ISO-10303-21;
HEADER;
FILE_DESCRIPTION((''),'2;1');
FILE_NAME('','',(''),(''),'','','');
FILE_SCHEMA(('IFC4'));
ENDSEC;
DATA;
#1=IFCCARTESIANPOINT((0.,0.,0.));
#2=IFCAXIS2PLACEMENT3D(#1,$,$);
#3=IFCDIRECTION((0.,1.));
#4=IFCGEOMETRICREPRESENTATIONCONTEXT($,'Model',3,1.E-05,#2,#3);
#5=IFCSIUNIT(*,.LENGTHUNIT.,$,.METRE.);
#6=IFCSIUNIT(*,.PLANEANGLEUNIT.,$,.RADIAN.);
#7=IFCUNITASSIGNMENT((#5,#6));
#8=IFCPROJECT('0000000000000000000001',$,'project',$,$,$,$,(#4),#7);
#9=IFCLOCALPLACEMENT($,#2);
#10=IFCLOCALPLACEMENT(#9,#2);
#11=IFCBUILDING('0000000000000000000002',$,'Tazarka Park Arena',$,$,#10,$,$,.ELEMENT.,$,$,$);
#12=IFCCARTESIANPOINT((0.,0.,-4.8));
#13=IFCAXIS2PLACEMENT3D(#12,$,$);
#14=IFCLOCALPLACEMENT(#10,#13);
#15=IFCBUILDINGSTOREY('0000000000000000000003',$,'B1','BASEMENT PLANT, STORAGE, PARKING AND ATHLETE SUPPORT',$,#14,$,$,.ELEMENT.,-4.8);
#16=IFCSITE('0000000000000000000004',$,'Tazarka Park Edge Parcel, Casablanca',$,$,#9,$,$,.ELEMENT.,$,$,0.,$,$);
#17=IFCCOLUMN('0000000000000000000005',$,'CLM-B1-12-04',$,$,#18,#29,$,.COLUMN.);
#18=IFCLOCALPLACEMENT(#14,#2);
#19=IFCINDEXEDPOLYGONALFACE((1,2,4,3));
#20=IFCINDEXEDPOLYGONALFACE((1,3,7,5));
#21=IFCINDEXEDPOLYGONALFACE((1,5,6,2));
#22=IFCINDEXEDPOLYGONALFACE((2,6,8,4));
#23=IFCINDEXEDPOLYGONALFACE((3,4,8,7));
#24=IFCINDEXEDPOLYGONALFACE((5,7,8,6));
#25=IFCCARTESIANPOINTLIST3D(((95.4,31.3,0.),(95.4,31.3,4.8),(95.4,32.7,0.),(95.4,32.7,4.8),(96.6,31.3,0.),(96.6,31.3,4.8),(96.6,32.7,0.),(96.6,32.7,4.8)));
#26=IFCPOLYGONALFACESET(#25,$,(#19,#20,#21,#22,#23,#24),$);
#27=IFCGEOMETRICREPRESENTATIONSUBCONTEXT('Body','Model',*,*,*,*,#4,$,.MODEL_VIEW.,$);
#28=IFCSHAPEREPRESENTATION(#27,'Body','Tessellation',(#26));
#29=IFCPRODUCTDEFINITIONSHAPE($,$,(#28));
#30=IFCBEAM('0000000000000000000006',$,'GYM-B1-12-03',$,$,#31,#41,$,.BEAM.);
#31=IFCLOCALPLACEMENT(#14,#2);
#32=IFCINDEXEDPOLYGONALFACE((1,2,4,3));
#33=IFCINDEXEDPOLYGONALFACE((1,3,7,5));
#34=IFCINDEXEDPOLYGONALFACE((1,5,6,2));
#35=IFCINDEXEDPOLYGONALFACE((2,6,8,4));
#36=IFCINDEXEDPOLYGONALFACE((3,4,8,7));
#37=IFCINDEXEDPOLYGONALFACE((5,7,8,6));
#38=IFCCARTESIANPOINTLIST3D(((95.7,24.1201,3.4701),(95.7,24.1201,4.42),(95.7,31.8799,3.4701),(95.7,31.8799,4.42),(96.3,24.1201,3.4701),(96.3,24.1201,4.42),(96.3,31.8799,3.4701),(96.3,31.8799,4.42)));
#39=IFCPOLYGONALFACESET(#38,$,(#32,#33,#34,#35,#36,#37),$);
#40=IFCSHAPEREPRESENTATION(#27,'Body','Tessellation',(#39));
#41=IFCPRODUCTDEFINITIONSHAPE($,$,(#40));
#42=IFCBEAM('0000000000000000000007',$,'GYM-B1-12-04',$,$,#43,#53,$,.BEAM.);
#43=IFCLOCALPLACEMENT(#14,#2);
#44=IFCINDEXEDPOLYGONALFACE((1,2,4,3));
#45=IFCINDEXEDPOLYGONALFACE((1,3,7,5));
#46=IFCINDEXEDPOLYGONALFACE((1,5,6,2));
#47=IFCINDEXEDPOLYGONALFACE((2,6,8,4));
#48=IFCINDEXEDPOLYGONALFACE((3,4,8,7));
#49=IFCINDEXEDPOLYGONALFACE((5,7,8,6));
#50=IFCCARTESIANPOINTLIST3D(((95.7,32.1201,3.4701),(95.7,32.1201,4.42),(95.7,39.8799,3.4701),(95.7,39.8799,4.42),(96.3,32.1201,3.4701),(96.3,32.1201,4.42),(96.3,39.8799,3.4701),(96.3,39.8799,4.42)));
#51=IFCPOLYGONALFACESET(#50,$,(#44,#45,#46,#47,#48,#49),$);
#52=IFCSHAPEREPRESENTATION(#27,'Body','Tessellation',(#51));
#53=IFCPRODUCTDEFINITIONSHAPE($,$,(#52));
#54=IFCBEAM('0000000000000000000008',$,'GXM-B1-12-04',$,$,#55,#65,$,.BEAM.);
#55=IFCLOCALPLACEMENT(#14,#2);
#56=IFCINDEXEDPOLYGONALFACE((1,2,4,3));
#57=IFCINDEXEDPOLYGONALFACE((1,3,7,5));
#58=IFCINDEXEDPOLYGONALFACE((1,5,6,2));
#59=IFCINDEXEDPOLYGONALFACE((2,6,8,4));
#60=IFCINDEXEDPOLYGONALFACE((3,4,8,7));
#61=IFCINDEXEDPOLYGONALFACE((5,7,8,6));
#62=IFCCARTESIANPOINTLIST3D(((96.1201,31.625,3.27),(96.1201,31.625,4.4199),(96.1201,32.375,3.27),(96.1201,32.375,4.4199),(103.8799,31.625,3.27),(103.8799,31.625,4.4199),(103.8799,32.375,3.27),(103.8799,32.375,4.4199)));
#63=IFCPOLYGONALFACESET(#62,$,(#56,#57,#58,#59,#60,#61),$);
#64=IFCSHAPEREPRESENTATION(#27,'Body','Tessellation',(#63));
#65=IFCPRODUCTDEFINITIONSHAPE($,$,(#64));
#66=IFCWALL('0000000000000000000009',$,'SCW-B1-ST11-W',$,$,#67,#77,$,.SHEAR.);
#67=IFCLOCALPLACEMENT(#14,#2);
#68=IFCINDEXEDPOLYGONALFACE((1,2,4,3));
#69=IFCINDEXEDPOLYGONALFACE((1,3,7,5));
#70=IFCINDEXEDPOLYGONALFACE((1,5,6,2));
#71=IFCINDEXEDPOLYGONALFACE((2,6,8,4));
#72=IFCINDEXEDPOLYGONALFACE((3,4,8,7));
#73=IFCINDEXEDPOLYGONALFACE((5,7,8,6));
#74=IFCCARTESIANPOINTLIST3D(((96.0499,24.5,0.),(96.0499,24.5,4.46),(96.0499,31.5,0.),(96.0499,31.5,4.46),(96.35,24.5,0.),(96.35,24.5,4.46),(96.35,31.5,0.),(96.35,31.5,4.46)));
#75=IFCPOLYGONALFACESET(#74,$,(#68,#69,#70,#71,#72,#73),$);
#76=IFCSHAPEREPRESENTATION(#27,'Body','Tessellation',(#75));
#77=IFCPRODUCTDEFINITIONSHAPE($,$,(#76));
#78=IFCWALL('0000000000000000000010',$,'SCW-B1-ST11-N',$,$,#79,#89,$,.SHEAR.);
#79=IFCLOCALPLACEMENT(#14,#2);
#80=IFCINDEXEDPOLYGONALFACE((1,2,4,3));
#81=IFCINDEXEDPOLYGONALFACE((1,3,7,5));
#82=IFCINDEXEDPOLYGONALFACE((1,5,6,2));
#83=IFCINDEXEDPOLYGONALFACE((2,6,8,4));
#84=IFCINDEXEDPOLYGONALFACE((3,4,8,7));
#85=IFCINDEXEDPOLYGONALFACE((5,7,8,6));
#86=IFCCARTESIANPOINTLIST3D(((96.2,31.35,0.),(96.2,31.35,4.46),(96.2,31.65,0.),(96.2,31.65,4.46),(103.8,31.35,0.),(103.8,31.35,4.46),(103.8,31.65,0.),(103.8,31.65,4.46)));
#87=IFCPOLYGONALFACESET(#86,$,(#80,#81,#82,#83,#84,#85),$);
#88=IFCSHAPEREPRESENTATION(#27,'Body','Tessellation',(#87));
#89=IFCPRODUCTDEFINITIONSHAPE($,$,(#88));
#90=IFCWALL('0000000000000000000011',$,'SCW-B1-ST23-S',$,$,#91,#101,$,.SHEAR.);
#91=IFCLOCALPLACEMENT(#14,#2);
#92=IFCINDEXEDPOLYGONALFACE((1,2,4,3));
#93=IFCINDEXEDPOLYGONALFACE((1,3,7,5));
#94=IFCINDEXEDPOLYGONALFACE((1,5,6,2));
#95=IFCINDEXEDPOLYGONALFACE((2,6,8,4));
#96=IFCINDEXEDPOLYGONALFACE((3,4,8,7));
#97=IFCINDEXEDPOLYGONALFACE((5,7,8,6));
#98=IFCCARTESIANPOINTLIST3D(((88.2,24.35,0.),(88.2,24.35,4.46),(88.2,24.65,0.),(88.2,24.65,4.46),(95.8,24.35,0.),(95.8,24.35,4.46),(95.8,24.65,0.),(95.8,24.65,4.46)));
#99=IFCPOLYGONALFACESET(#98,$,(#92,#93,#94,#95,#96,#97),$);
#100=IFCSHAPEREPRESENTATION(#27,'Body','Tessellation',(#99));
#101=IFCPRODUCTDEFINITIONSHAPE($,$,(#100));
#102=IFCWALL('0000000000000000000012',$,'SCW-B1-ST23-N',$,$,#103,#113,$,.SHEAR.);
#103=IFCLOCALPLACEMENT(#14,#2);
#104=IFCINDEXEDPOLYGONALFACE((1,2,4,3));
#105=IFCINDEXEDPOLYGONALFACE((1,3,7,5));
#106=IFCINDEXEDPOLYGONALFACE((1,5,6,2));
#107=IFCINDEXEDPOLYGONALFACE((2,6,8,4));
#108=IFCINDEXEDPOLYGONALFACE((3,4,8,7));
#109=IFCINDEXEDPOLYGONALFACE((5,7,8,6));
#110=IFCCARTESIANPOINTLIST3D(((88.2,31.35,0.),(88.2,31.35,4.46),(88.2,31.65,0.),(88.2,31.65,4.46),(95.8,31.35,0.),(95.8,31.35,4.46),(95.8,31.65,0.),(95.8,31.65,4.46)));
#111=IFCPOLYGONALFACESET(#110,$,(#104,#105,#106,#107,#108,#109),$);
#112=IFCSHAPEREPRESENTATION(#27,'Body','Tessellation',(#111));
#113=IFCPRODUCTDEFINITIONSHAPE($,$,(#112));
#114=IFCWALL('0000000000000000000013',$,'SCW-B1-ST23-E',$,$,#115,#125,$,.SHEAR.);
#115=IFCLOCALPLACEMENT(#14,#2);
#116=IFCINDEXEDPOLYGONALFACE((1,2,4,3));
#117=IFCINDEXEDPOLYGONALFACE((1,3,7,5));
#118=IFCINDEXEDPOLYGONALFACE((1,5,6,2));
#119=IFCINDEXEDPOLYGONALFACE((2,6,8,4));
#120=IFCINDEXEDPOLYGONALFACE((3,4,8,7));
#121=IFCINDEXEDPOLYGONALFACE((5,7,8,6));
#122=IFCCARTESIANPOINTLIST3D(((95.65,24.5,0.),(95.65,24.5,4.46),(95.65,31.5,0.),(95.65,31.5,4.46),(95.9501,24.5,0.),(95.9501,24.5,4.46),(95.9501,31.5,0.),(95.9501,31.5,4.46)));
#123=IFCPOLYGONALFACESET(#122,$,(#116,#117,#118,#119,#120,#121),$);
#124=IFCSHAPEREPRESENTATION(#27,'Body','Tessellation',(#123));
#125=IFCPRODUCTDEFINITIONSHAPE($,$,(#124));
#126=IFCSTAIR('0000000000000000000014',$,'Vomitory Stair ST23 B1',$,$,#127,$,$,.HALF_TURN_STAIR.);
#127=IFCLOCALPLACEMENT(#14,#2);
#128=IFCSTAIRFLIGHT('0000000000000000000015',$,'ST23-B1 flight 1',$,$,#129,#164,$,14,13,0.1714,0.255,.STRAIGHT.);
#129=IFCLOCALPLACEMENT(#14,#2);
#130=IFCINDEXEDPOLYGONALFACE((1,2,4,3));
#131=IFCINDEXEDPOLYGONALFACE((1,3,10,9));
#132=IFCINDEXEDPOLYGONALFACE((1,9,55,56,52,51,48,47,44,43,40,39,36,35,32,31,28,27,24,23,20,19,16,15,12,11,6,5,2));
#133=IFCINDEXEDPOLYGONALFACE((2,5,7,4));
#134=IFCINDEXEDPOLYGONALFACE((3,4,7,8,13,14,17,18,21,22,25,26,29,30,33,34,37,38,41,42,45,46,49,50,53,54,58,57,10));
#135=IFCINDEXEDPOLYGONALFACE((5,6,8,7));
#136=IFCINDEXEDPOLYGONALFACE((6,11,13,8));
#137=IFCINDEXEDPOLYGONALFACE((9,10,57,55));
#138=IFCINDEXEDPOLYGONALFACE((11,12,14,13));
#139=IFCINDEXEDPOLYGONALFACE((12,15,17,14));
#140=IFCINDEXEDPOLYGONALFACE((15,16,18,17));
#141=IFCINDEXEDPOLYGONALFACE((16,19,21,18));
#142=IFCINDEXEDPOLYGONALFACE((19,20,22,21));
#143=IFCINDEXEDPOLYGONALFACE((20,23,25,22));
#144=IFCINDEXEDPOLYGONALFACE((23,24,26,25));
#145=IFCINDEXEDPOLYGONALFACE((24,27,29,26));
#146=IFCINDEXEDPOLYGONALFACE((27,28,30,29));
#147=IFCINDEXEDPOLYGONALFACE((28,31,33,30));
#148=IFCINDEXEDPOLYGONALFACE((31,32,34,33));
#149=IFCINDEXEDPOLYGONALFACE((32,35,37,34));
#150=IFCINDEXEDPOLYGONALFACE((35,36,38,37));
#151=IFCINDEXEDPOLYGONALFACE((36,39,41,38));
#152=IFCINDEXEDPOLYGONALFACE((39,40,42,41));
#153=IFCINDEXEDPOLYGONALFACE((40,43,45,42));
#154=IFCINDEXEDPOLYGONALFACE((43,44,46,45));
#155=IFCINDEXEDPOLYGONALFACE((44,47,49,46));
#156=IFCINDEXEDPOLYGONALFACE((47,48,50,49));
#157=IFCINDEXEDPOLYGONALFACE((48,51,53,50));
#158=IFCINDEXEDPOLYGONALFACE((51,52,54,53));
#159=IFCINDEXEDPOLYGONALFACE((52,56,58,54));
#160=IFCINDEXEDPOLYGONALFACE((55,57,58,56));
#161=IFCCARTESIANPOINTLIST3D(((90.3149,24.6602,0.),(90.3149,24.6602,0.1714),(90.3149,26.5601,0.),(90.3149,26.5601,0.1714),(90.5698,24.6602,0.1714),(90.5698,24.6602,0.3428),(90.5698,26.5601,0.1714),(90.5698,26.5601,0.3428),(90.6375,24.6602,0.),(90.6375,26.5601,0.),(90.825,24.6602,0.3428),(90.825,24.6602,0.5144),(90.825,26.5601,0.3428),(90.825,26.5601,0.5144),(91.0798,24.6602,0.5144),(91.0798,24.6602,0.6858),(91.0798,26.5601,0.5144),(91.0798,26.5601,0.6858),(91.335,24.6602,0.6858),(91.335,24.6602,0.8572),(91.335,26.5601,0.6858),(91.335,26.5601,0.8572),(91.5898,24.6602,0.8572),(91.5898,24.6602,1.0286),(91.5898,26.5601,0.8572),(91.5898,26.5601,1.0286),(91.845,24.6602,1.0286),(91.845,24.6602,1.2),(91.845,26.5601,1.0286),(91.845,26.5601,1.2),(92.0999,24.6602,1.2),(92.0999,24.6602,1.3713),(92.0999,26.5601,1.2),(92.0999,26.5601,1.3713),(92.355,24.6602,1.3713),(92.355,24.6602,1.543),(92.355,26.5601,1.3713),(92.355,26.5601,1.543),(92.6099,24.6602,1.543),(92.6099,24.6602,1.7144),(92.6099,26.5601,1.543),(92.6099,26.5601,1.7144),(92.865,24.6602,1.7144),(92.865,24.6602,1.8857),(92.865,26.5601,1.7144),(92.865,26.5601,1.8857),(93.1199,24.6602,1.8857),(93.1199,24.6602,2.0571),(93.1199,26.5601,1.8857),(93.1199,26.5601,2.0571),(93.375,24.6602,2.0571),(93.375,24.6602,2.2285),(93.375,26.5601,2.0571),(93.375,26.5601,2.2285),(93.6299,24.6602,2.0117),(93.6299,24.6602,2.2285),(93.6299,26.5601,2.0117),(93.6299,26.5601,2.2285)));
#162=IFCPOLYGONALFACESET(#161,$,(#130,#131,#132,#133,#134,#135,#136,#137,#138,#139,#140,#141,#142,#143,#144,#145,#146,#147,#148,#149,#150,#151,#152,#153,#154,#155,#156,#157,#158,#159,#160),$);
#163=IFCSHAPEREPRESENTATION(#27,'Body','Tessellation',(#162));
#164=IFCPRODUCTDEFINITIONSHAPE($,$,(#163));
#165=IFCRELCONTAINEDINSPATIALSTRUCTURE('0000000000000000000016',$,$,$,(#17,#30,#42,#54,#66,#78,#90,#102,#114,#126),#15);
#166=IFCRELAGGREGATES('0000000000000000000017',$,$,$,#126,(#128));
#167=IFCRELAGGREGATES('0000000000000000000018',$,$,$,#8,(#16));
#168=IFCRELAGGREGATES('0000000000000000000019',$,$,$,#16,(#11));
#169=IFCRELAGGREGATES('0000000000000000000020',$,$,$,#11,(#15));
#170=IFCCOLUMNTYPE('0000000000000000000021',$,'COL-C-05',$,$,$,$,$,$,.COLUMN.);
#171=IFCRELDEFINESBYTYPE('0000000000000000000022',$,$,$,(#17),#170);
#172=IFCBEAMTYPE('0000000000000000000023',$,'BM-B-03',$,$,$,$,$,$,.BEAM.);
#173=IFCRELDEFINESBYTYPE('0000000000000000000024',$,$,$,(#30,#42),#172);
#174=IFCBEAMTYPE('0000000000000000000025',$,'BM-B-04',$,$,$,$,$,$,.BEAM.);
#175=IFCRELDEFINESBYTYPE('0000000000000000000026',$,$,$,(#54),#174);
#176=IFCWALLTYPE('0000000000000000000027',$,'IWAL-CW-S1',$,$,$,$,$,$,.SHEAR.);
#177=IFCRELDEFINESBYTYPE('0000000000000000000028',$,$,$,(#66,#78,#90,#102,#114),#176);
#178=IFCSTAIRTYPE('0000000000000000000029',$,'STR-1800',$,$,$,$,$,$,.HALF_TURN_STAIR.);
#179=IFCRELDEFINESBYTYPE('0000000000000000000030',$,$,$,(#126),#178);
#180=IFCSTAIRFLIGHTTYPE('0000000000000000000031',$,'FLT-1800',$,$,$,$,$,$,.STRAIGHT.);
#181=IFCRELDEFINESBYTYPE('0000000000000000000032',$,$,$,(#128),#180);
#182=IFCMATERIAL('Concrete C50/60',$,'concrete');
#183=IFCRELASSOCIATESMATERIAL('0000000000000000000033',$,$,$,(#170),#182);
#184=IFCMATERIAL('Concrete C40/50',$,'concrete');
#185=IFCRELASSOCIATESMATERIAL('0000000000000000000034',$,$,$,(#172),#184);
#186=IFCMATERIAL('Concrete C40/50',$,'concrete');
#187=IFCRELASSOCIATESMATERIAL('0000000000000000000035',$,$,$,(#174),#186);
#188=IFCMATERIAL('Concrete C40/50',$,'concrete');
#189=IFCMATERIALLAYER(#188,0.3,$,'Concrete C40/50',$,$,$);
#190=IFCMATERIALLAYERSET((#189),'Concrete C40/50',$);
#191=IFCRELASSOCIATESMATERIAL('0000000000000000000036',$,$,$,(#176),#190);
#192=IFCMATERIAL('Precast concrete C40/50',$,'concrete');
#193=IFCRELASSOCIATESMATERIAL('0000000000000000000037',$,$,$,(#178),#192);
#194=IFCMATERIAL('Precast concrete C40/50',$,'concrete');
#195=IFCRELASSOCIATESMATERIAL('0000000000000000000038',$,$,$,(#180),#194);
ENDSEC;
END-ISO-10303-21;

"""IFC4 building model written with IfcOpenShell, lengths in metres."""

from ifc_helpers import new_model, si_unit, direction, frame, frame_2d, origin, origin_2d, place, context, subcontext, project, spatial, polyline, rectangle, outline, extrude, material, layer, layer_set, material_profile, profile_set, type_object, element, aggregate, save


model = new_model("IFC4")

# Units and contexts
model_context = context("Model", 3, precision=1e-05, world=origin(), true_north=direction((0.0, 1.0)))
body_context = subcontext(model_context, "Body", "Model", "MODEL_VIEW")
ifc_project = project(units=[si_unit("LENGTHUNIT", "METRE"), si_unit("PLANEANGLEUNIT", "RADIAN")], contexts=[model_context])

# Site, building, storey
site_placement = place(None, origin())
site = spatial("IfcSite", under=ifc_project, at=site_placement, Name="Tazarka Park Edge Parcel, Casablanca", CompositionType="ELEMENT", RefElevation=0.0)
building_placement = place(site_placement, origin())
building = spatial("IfcBuilding", under=site, at=building_placement, Name="Tazarka Park Arena", CompositionType="ELEMENT")
storey_placement = place(building_placement, frame((0.0, 0.0, -4.8)))
storey = spatial("IfcBuildingStorey", under=building, at=storey_placement, Name="B1", Description="BASEMENT PLANT, STORAGE, PARKING AND ATHLETE SUPPORT", CompositionType="ELEMENT", Elevation=-4.8)

# Column
ifc_material_1 = material(Name="Concrete C50/60", Category="concrete")
ifc_material_profile_1 = material_profile(ifc_material_1, rectangle(XDim=1.2, YDim=1.3999, at=origin_2d()), Name="Concrete C50/60")
ifc_profile_set_1 = profile_set([ifc_material_profile_1], Name="Concrete C50/60")
column_type = type_object("IfcColumnType", Name="COL-C-05", PredefinedType="COLUMN", material=ifc_profile_set_1)
column_placement = place(storey_placement, frame((96.0, 32.0, 0.0), z_axis=(0.0, 0.0, 1.0), x_axis=(1.0, 0.0, 0.0)))
element("IfcColumn", 1, at=column_placement, inside=storey, type_object=column_type, Name="CLM-B1-12-04", PredefinedType="COLUMN", context=body_context, shape_type="SweptSolid", body=[
    extrude(rectangle(XDim=1.2, YDim=1.3999, at=origin_2d()), origin(), (0.0, 0.0, 1.0), 4.8),
])

# Beams
ifc_material_2 = material(Name="Concrete C40/50", Category="concrete")
ifc_material_profile_2 = material_profile(ifc_material_2, rectangle(XDim=0.6001, YDim=0.95, at=origin_2d()), Name="Concrete C40/50")
ifc_profile_set_2 = profile_set([ifc_material_profile_2], Name="Concrete C40/50")
beam_type_1 = type_object("IfcBeamType", Name="BM-B-03", PredefinedType="BEAM", material=ifc_profile_set_2)
for number, where, z_axis, x_axis, name in (
    (2, (96.0, 24.1201, 3.9451), (0.0, 1.0, 0.0), (-1.0, 0.0, 0.0), "GYM-B1-12-03"),
    (3, (96.0, 32.1201, 3.9451), (0.0, 1.0, 0.0), (-1.0, 0.0, 0.0), "GYM-B1-12-04"),
):
    element("IfcBeam", number, at=place(storey_placement, frame(where, z_axis=z_axis, x_axis=x_axis)), inside=storey, type_object=beam_type_1, Name=name, PredefinedType="BEAM", context=body_context, shape_type="SweptSolid", body=[
        extrude(rectangle(XDim=0.6001, YDim=0.95, at=origin_2d()), origin(), (0.0, 0.0, 1.0), 7.7598),
    ])
ifc_material_3 = material(Name="Concrete C40/50", Category="concrete")
ifc_material_profile_3 = material_profile(ifc_material_3, rectangle(XDim=0.75, YDim=1.1499, at=origin_2d()), Name="Concrete C40/50")
ifc_profile_set_3 = profile_set([ifc_material_profile_3], Name="Concrete C40/50")
beam_type_2 = type_object("IfcBeamType", Name="BM-B-04", PredefinedType="BEAM", material=ifc_profile_set_3)
beam_placement = place(storey_placement, frame((96.1201, 32.0, 3.845), z_axis=(1.0, 0.0, 0.0), x_axis=(0.0, 1.0, 0.0)))
element("IfcBeam", 4, at=beam_placement, inside=storey, type_object=beam_type_2, Name="GXM-B1-12-04", PredefinedType="BEAM", context=body_context, shape_type="SweptSolid", body=[
    extrude(rectangle(XDim=0.75, YDim=1.1499, at=origin_2d()), origin(), (0.0, 0.0, 1.0), 7.7598),
])

# Walls
ifc_material_4 = material(Name="Concrete C40/50", Category="concrete")
ifc_layer = layer(ifc_material_4, 0.3, Name="Concrete C40/50")
ifc_layer_set = layer_set([ifc_layer], Name="Concrete C40/50")
wall_type = type_object("IfcWallType", Name="IWAL-CW-S1", PredefinedType="SHEAR", material=ifc_layer_set)
wall_1_placement = place(storey_placement, frame((96.2, 24.5, 0.0), z_axis=(0.0, 0.0, 1.0), x_axis=(0.0, 1.0, 0.0)))
element("IfcWall", 5, at=wall_1_placement, inside=storey, type_object=wall_type, Name="SCW-B1-ST11-W", PredefinedType="SHEAR", context=body_context, shape_type="SweptSolid", body=[
    extrude(rectangle(XDim=7.0, YDim=0.3, at=frame_2d((3.5, 0.0))), origin(), (0.0, 0.0, 1.0), 4.46),
])
for number, where, z_axis, x_axis, name in (
    (6, (96.2, 31.5, 0.0), (0.0, 0.0, 1.0), (1.0, 0.0, 0.0), "SCW-B1-ST11-N"),
    (7, (95.8, 24.5, 0.0), (0.0, 0.0, 1.0), (-1.0, 0.0, 0.0), "SCW-B1-ST23-S"),
    (8, (88.2, 31.5, 0.0), (0.0, 0.0, 1.0), (1.0, 0.0, 0.0), "SCW-B1-ST23-N"),
):
    element("IfcWall", number, at=place(storey_placement, frame(where, z_axis=z_axis, x_axis=x_axis)), inside=storey, type_object=wall_type, Name=name, PredefinedType="SHEAR", context=body_context, shape_type="SweptSolid", body=[
        extrude(rectangle(XDim=7.6001, YDim=0.3, at=frame_2d((3.8, 0.0))), origin(), (0.0, 0.0, 1.0), 4.46),
    ])
wall_2_placement = place(storey_placement, frame((95.8, 31.5, 0.0), z_axis=(0.0, 0.0, 1.0), x_axis=(0.0, -1.0, 0.0)))
element("IfcWall", 9, at=wall_2_placement, inside=storey, type_object=wall_type, Name="SCW-B1-ST23-E", PredefinedType="SHEAR", context=body_context, shape_type="SweptSolid", body=[
    extrude(rectangle(XDim=7.0, YDim=0.3, at=frame_2d((3.5, 0.0))), origin(), (0.0, 0.0, 1.0), 4.46),
])

# Stair, stair flight
ifc_material_5 = material(Name="Precast concrete C40/50", Category="concrete")
stair_type = type_object("IfcStairType", Name="STR-1800", PredefinedType="HALF_TURN_STAIR", material=ifc_material_5)
stair_placement = place(storey_placement, origin())
stair = element("IfcStair", 10, at=stair_placement, inside=storey, type_object=stair_type, Name="Vomitory Stair ST23 B1", PredefinedType="HALF_TURN_STAIR")
ifc_material_6 = material(Name="Precast concrete C40/50", Category="concrete")
stair_flight_type = type_object("IfcStairFlightType", Name="FLT-1800", PredefinedType="STRAIGHT", material=ifc_material_6)
stair_flight_1_placement = place(storey_placement, frame((90.3149, 25.6101, 0.0), z_axis=(0.0, 0.0, 1.0), x_axis=(1.0, 0.0, 0.0)))
stair_flight_1 = element("IfcStairFlight", 11, at=stair_flight_1_placement, type_object=stair_flight_type, Name="ST23-B1 flight 1", NumberOfRisers=14, NumberOfTreads=13, PredefinedType="STRAIGHT", RiserHeight=0.1714, TreadLength=0.255, context=body_context, shape_type="SweptSolid", body=[
    extrude(outline(polyline([(0.0, 0.0), (0.0, 0.1714), (0.2549, 0.1714), (0.2549, 0.3428), (0.51, 0.3428), (0.51, 0.5144), (0.7649, 0.5144), (0.7649, 0.6858), (1.02, 0.6858), (1.02, 0.8572), (1.2749, 0.8572), (1.2749, 1.0286), (1.53, 1.0286), (1.53, 1.2), (1.7849, 1.2), (1.7849, 1.3713), (2.04, 1.3713), (2.04, 1.543), (2.2949, 1.543), (2.2949, 1.7144), (2.55, 1.7144), (2.55, 1.8857), (2.8049, 1.8857), (2.8049, 2.0571), (3.0601, 2.0571), (3.0601, 2.2285), (3.3149, 2.2285), (3.3149, 2.3999), (3.3149, 2.0117), (0.3225, 0.0), (0.0, 0.0)])), frame((0.0, 0.95, 0.0), z_axis=(0.0, -1.0, 0.0), x_axis=(1.0, 0.0, 0.0)), (0.0, 0.0, 1.0), 1.8999),
])
aggregate(stair, [stair_flight_1])

save(model, "model.ifc")
